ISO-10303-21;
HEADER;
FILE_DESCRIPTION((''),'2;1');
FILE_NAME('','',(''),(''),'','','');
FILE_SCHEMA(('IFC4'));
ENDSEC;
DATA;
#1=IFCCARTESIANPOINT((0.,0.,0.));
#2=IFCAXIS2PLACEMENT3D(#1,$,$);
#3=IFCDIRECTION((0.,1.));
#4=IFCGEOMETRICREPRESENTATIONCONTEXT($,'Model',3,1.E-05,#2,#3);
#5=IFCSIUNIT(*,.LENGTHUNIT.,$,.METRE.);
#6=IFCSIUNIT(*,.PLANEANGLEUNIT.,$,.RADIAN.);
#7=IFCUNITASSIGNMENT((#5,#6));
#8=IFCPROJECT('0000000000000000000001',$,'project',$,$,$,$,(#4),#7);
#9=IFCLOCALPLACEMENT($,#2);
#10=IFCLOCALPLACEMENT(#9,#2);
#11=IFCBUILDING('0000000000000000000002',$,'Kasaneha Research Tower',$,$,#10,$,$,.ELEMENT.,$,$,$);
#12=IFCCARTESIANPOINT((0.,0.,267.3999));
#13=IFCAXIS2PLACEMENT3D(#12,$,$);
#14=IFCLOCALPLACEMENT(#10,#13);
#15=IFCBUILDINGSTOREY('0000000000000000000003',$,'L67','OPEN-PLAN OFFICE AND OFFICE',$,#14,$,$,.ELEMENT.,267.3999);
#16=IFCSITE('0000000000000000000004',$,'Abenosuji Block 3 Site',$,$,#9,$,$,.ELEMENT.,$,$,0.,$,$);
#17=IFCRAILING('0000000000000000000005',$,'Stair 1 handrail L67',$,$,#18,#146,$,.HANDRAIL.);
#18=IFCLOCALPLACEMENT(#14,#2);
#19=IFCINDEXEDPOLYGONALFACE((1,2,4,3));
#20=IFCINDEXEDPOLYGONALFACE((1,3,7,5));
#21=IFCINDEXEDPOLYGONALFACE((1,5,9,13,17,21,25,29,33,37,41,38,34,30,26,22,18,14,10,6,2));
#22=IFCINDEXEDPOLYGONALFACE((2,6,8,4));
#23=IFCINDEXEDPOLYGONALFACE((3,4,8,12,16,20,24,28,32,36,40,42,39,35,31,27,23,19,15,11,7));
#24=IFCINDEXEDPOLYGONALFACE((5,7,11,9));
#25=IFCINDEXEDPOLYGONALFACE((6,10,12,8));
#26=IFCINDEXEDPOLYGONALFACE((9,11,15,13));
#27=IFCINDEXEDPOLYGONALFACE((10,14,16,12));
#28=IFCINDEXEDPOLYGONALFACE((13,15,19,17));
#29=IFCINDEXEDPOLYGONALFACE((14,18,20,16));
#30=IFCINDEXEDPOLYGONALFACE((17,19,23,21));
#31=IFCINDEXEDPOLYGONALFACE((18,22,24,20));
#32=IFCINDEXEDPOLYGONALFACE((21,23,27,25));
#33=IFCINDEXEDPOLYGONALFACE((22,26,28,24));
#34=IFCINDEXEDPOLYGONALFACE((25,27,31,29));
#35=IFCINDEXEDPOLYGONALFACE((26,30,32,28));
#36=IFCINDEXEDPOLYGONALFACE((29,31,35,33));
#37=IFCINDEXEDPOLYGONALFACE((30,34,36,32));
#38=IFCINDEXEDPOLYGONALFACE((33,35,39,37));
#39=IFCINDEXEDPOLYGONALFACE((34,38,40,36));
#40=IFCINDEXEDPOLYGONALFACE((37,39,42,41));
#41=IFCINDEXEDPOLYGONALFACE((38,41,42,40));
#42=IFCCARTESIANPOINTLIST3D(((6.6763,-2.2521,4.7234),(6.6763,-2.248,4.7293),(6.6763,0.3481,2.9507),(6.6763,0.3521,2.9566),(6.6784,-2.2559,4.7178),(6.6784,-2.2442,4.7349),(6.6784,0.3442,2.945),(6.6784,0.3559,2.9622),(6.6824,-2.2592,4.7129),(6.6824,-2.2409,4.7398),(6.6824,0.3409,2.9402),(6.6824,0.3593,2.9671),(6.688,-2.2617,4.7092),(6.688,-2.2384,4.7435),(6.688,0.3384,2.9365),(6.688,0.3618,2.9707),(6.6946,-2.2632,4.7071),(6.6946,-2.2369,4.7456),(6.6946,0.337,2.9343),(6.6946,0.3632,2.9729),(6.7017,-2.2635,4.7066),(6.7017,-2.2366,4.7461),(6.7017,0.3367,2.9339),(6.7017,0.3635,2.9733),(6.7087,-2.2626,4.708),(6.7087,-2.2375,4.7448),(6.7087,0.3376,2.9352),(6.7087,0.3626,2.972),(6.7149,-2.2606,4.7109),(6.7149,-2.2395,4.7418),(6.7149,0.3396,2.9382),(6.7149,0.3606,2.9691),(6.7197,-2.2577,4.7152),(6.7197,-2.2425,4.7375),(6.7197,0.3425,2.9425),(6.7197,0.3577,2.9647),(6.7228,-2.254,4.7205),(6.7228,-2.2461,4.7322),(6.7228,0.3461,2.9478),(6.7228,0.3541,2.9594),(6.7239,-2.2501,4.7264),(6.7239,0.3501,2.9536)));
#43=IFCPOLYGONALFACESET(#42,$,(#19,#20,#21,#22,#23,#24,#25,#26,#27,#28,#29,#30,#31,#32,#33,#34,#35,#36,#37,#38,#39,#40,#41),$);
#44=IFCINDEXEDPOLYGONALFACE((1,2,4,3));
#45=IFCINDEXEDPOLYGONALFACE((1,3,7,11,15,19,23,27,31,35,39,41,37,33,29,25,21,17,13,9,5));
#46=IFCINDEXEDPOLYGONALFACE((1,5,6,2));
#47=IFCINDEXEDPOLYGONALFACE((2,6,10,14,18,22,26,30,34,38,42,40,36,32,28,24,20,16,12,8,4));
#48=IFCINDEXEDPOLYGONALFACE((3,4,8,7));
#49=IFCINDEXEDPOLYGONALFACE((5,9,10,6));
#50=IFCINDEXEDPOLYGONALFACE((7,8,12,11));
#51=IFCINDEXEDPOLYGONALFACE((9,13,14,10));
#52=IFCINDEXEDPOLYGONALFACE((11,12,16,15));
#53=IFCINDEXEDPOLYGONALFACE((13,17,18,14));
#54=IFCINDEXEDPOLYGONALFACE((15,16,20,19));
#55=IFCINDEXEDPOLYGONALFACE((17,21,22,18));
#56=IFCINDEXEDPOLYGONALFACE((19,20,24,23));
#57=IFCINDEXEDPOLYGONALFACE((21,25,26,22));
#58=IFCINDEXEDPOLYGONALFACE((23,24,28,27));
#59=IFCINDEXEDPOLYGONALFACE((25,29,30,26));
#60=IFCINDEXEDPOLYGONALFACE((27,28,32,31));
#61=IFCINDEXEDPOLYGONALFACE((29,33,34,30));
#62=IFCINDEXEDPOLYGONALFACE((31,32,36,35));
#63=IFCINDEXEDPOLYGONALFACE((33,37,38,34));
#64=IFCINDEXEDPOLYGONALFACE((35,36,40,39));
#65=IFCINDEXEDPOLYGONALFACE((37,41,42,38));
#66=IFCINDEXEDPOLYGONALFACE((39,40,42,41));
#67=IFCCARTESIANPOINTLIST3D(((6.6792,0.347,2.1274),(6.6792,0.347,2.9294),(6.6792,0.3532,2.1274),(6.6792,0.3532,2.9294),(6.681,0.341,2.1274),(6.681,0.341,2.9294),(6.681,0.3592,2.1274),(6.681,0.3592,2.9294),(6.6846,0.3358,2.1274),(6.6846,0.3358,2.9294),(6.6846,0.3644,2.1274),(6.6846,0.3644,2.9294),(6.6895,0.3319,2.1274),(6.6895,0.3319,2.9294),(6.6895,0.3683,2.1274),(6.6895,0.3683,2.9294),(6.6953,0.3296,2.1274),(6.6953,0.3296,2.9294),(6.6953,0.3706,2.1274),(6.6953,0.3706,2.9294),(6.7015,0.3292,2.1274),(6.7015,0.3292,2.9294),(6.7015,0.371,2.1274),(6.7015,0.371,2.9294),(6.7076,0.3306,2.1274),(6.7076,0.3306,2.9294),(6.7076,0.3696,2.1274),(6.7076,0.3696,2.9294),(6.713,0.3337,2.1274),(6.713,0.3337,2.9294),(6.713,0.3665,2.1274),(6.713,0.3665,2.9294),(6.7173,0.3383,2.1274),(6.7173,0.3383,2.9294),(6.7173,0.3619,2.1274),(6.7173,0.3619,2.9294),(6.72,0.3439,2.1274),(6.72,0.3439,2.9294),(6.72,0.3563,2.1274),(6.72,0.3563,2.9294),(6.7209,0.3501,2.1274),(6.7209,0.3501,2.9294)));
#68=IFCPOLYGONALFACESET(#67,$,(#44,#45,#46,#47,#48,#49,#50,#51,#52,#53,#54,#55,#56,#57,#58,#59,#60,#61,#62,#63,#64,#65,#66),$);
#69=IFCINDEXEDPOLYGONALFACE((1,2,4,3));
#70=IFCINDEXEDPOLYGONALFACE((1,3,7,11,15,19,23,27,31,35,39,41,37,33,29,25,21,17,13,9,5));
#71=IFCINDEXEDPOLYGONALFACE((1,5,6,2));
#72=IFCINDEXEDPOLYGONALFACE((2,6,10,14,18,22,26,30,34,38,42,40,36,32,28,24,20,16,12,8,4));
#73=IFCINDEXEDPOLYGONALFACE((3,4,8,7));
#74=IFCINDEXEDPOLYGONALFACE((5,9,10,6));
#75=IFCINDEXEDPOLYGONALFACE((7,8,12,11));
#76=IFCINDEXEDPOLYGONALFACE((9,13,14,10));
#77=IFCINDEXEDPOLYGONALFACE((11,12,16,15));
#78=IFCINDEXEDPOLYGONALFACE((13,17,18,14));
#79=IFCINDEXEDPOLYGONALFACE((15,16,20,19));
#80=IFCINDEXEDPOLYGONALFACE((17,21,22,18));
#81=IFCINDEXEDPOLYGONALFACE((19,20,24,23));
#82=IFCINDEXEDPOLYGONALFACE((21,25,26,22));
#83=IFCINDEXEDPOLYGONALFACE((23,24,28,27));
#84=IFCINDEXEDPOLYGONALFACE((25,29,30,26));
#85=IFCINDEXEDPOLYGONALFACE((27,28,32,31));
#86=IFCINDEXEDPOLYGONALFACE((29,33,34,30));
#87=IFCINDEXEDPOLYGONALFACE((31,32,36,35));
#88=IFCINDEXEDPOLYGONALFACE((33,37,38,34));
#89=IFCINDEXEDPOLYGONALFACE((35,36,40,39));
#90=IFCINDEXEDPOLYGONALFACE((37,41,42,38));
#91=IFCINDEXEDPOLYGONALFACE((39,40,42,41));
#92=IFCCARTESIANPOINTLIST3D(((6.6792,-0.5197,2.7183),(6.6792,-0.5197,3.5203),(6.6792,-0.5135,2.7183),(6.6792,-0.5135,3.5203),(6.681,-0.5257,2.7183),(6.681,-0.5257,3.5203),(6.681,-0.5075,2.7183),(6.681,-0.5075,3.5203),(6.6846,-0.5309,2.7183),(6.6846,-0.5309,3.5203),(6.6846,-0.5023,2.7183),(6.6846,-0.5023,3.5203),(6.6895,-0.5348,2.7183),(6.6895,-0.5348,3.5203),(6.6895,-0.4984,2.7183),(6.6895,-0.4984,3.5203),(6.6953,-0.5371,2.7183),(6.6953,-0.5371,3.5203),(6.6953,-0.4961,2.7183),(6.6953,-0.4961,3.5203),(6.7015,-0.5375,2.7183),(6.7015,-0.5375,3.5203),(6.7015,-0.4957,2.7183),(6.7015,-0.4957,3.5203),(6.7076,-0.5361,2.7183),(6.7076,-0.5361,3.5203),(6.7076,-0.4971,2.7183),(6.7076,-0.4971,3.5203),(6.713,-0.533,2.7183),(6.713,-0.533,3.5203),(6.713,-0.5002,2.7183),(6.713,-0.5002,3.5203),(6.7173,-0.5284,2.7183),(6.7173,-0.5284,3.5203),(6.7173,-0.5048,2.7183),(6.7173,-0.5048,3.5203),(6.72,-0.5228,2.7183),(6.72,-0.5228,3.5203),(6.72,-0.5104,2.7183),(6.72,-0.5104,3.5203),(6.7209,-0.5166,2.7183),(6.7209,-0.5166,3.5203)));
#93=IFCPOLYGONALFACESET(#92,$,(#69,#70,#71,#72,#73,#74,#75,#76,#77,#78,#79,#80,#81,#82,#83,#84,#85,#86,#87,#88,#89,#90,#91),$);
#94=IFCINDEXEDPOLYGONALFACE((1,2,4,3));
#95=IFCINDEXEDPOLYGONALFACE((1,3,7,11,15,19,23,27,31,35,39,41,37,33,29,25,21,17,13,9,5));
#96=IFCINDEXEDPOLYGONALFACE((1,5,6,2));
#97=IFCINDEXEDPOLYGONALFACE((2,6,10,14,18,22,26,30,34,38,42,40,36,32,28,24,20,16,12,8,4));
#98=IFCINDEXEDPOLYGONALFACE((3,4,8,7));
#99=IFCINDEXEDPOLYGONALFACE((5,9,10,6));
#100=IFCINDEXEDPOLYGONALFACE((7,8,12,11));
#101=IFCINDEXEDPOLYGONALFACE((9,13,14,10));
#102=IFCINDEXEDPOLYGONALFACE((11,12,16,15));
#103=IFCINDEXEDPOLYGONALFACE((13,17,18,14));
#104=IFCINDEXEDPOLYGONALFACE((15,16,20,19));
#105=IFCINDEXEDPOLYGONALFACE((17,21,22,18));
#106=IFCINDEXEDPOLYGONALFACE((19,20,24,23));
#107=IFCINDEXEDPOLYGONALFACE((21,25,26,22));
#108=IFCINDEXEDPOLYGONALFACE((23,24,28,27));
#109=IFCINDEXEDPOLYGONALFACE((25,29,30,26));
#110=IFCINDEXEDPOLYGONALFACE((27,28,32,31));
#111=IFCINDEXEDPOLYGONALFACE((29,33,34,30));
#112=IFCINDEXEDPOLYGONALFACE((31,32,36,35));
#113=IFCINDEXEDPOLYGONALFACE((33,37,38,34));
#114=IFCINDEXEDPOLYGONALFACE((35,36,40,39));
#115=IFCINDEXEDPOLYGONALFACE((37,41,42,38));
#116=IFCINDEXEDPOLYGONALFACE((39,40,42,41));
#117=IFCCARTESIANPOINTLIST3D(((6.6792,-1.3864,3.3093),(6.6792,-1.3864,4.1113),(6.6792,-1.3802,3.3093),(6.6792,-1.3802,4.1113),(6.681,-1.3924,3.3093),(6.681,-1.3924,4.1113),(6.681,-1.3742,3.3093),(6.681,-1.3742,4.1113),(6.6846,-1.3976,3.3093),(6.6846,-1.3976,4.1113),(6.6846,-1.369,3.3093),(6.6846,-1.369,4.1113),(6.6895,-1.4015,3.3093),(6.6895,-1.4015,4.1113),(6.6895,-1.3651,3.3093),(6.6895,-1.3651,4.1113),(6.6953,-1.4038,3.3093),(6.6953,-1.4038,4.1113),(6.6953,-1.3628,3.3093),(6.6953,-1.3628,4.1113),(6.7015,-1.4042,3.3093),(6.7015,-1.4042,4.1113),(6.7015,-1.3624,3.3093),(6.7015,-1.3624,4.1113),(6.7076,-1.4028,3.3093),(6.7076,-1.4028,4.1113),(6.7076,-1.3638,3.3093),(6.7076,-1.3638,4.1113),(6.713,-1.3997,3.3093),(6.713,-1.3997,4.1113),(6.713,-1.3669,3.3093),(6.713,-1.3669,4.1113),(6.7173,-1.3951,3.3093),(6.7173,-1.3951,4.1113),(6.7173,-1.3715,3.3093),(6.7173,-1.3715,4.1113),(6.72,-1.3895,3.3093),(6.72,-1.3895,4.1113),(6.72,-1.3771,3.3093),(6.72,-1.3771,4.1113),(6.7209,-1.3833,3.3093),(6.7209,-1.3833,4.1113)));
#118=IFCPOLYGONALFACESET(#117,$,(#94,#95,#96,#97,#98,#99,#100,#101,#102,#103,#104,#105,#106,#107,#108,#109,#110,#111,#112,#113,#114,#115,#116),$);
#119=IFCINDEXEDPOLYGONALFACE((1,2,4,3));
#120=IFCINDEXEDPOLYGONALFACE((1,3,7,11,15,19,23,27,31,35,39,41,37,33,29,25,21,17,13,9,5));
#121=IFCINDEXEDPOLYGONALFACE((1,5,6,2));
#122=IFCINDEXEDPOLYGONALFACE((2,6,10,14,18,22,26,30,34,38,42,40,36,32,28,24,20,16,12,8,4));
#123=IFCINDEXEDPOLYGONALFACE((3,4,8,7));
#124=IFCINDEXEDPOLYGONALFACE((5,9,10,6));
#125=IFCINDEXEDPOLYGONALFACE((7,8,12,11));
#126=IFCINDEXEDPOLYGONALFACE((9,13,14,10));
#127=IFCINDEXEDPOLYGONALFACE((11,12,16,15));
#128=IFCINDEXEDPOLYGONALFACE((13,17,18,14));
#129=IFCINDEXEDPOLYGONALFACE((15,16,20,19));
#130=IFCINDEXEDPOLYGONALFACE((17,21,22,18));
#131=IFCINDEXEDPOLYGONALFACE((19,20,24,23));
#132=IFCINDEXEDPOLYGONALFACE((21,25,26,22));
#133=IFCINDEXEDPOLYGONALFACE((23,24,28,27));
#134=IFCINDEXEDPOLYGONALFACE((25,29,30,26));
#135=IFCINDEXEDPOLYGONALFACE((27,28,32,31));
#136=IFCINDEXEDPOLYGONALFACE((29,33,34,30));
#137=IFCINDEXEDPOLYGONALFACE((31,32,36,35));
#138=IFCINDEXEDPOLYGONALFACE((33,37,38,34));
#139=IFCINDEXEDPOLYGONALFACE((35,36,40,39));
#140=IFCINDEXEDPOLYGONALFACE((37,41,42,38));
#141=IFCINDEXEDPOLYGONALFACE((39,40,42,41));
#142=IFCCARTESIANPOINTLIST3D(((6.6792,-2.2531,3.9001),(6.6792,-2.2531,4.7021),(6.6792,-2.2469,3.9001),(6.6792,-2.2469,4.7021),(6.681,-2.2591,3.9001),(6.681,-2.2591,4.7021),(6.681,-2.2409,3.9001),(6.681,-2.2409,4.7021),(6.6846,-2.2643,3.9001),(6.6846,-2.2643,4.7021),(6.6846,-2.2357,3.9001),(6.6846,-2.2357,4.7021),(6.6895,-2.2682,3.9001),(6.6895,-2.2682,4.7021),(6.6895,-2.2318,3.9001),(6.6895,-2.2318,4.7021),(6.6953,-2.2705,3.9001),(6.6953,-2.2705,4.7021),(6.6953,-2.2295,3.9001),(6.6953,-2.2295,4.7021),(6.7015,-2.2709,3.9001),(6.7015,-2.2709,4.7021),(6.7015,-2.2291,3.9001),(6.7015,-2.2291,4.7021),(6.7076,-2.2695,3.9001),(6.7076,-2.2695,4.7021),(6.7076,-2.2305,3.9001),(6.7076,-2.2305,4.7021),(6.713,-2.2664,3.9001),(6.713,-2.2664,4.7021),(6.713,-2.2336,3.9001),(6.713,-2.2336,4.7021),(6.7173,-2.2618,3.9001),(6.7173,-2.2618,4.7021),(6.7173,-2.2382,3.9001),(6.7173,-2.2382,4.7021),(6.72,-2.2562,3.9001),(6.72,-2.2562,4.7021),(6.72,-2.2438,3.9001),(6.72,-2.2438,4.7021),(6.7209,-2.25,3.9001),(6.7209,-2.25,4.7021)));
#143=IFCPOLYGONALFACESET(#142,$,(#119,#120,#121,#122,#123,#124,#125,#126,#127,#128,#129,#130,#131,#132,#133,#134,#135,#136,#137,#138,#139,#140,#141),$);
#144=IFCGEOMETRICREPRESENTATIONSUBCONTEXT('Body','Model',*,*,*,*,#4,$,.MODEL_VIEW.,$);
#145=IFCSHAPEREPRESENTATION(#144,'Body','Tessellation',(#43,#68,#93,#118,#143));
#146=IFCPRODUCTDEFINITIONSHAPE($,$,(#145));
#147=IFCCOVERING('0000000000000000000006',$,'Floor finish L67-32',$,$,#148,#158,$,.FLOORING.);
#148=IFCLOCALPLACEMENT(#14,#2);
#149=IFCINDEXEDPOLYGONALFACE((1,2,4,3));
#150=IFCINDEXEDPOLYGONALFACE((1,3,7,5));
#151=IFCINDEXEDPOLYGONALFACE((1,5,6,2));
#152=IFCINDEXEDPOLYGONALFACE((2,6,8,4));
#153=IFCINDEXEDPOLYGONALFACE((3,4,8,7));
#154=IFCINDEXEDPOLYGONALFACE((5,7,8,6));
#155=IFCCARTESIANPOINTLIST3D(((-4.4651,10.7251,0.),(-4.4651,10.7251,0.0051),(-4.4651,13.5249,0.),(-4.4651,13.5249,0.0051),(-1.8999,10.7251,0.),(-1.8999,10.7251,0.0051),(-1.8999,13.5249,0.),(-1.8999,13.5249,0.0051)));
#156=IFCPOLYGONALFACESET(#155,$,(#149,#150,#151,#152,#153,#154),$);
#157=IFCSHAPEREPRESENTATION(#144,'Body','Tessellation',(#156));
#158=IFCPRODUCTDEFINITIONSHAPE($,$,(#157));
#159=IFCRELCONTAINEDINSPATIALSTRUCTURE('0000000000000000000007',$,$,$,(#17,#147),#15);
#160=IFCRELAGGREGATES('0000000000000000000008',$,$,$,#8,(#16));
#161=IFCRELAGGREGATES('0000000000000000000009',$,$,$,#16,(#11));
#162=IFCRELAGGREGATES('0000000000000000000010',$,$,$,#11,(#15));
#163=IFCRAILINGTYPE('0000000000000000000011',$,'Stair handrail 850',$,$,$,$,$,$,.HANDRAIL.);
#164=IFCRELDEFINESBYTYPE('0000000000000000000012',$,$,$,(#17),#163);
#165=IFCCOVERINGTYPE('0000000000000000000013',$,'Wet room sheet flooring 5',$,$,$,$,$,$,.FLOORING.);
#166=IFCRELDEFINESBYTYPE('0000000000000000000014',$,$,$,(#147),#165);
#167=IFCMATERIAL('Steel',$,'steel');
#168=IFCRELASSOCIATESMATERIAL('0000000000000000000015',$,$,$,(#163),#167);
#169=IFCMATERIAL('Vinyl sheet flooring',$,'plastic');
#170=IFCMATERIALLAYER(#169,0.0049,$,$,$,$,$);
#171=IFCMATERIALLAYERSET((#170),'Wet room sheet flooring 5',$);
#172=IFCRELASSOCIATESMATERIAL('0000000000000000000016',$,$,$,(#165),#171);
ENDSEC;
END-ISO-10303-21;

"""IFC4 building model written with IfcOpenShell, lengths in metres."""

from ifc_helpers import new_model, si_unit, direction, frame, origin, origin_2d, place, context, subcontext, project, spatial, polyline, circle, outline, extrude, material, layer, layer_set, type_object, element, save


model = new_model("IFC4")

# Units and contexts
model_context = context("Model", 3, precision=1e-05, world=origin(), true_north=direction((0.0, 1.0)))
body_context = subcontext(model_context, "Body", "Model", "MODEL_VIEW")
ifc_project = project(units=[si_unit("LENGTHUNIT", "METRE"), si_unit("PLANEANGLEUNIT", "RADIAN")], contexts=[model_context])

# Site, building, storey
site_placement = place(None, origin())
site = spatial("IfcSite", under=ifc_project, at=site_placement, Name="Abenosuji Block 3 Site", CompositionType="ELEMENT", RefElevation=0.0)
building_placement = place(site_placement, origin())
building = spatial("IfcBuilding", under=site, at=building_placement, Name="Kasaneha Research Tower", CompositionType="ELEMENT")
storey_placement = place(building_placement, frame((0.0, 0.0, 267.3999)))
storey = spatial("IfcBuildingStorey", under=building, at=storey_placement, Name="L67", Description="OPEN-PLAN OFFICE AND OFFICE", CompositionType="ELEMENT", Elevation=267.3999)

# Railing
ifc_material_1 = material(Name="Steel", Category="steel")
railing_type_1 = type_object("IfcRailingType", Name="Stair handrail 850", PredefinedType="HANDRAIL", material=ifc_material_1)
railing_1_placement = place(storey_placement, frame((6.7, 0.3501, 2.1274)))
element("IfcRailing", 1, at=railing_1_placement, inside=storey, type_object=railing_type_1, Name="Stair 1 handrail L67", PredefinedType="HANDRAIL", context=body_context, shape_type="SweptSolid", body=[
    extrude(circle(Radius=0.0239, at=origin_2d()), frame((0.0, 0.0, 0.8262), z_axis=(0.0, -0.82624, 0.563318), x_axis=(1.0, 0.0, 0.0)), (0.0, 0.0, 1.0), 3.147),
    extrude(circle(Radius=0.021, at=origin_2d()), origin(), (0.0, 0.0, 1.0), 0.802),
    extrude(circle(Radius=0.021, at=origin_2d()), frame((0.0, -0.8667, 0.5908)), (0.0, 0.0, 1.0), 0.802),
    extrude(circle(Radius=0.021, at=origin_2d()), frame((0.0, -1.7334, 1.1819)), (0.0, 0.0, 1.0), 0.802),
    extrude(circle(Radius=0.021, at=origin_2d()), frame((0.0, -2.6001, 1.7727)), (0.0, 0.0, 1.0), 0.802),
])

# Covering
ifc_material_2 = material(Name="Vinyl sheet flooring", Category="plastic")
ifc_layer_1 = layer(ifc_material_2, 0.0049)
ifc_layer_set_1 = layer_set([ifc_layer_1], Name="Wet room sheet flooring 5")
covering_type = type_object("IfcCoveringType", Name="Wet room sheet flooring 5", PredefinedType="FLOORING", material=ifc_layer_set_1)
covering_placement = place(storey_placement, origin())
element("IfcCovering", 2, at=covering_placement, inside=storey, type_object=covering_type, Name="Floor finish L67-32", PredefinedType="FLOORING", context=body_context, shape_type="SweptSolid", body=[
    extrude(outline(polyline([(-1.8999, 13.5249), (-1.8999, 10.7251), (-4.4651, 10.7251), (-4.4651, 13.5249), (-1.8999, 13.5249)])), origin(), (0.0, 0.0, 1.0), 0.0051),
])

save(model, "model.ifc")
